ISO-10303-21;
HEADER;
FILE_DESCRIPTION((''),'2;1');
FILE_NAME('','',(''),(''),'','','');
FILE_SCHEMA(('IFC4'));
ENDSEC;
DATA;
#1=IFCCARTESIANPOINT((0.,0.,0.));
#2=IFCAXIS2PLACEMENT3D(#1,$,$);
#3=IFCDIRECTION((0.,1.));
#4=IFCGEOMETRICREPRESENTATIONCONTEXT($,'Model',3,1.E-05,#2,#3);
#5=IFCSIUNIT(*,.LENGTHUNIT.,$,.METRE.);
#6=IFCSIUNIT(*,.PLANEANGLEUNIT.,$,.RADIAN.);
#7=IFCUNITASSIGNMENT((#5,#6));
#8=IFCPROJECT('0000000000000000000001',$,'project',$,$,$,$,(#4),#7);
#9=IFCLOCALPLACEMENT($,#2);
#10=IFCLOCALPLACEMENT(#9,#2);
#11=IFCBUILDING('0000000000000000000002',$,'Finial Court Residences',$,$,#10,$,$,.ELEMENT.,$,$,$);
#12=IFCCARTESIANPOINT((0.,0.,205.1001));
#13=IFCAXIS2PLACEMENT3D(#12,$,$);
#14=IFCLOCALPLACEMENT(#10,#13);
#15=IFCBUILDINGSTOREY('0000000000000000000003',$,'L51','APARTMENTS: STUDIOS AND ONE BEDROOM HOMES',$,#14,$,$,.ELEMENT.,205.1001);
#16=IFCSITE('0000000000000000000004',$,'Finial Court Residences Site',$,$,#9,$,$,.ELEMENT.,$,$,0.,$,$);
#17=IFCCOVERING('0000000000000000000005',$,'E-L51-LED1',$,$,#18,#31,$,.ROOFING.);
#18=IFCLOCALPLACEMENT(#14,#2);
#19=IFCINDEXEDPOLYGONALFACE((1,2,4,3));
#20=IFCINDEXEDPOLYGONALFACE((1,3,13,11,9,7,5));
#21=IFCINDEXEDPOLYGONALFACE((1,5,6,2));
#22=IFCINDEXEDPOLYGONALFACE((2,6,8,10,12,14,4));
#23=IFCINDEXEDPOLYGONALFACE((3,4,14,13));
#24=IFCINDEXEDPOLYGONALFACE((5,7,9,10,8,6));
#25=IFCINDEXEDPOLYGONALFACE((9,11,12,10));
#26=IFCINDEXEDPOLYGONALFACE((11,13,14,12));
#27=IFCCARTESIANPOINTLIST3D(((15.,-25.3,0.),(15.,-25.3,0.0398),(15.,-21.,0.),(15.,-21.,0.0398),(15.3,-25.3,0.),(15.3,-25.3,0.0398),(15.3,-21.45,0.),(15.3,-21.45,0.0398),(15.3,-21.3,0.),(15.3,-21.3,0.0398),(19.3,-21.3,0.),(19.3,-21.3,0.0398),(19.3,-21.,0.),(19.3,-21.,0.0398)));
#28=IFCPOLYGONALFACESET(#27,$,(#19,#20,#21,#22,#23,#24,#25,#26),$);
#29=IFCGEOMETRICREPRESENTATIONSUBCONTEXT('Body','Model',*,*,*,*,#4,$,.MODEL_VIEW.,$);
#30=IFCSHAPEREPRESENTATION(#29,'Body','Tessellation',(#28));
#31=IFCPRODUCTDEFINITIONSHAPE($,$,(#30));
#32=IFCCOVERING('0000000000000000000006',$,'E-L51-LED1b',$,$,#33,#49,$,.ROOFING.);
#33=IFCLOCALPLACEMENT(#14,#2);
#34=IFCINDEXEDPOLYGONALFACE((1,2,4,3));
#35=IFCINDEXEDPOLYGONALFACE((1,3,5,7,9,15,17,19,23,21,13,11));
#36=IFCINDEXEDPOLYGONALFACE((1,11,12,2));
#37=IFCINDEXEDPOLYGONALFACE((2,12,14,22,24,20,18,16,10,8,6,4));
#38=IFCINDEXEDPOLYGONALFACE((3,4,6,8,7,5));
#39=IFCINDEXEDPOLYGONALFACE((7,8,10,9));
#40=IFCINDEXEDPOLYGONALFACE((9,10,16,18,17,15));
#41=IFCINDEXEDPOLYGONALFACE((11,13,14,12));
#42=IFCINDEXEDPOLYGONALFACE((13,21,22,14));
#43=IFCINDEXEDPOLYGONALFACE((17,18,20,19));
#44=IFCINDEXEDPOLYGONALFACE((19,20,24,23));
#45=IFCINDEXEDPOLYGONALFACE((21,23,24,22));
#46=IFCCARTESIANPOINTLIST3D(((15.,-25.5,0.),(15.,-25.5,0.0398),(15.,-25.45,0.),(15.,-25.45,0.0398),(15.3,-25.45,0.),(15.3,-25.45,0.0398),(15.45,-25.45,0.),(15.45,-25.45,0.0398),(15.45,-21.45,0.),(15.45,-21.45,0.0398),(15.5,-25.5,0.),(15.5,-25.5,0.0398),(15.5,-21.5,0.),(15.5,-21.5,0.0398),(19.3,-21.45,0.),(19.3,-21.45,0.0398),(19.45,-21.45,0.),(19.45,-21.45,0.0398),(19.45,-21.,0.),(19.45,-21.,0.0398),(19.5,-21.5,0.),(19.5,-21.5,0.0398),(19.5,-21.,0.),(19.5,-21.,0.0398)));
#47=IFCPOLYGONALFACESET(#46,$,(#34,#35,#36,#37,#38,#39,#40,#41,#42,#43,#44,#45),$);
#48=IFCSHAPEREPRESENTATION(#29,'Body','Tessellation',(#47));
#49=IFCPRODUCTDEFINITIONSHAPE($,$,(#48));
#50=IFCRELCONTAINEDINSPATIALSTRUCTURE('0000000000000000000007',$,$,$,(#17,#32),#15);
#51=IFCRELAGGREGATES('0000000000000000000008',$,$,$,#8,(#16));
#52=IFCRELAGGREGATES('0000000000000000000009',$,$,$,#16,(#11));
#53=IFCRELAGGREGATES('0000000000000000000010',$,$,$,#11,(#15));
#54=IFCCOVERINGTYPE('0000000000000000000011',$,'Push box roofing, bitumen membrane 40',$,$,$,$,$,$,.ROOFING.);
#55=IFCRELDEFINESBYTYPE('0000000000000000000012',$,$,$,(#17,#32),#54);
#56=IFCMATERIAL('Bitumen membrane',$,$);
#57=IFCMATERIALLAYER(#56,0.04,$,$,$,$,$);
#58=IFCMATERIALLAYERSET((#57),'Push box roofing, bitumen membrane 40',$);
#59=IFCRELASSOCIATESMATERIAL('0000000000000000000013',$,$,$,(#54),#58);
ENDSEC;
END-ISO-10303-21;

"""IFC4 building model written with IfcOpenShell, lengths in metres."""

from ifc_helpers import new_model, si_unit, direction, frame, origin, place, context, subcontext, project, spatial, polyline, outline, extrude, material, layer, layer_set, type_object, element, save


model = new_model("IFC4")

# Units and contexts
model_context = context("Model", 3, precision=1e-05, world=origin(), true_north=direction((0.0, 1.0)))
body_context = subcontext(model_context, "Body", "Model", "MODEL_VIEW")
ifc_project = project(units=[si_unit("LENGTHUNIT", "METRE"), si_unit("PLANEANGLEUNIT", "RADIAN")], contexts=[model_context])

# Site, building, storey
site_placement = place(None, origin())
site = spatial("IfcSite", under=ifc_project, at=site_placement, Name="Finial Court Residences Site", CompositionType="ELEMENT", RefElevation=0.0)
building_placement = place(site_placement, origin())
building = spatial("IfcBuilding", under=site, at=building_placement, Name="Finial Court Residences", CompositionType="ELEMENT")
storey_placement = place(building_placement, frame((0.0, 0.0, 205.1001)))
storey = spatial("IfcBuildingStorey", under=building, at=storey_placement, Name="L51", Description="APARTMENTS: STUDIOS AND ONE BEDROOM HOMES", CompositionType="ELEMENT", Elevation=205.1001)

# Coverings
ifc_material_1 = material(Name="Bitumen membrane")
ifc_layer_1 = layer(ifc_material_1, 0.04)
ifc_layer_set_1 = layer_set([ifc_layer_1], Name="Push box roofing, bitumen membrane 40")
covering_type_1 = type_object("IfcCoveringType", Name="Push box roofing, bitumen membrane 40", PredefinedType="ROOFING", material=ifc_layer_set_1)
covering_1_placement = place(storey_placement, origin())
element("IfcCovering", 1, at=covering_1_placement, inside=storey, type_object=covering_type_1, Name="E-L51-LED1", PredefinedType="ROOFING", context=body_context, shape_type="SweptSolid", body=[
    extrude(outline(polyline([(19.3, -21.0), (19.3, -21.3), (15.3, -21.3), (15.3, -21.45), (15.3, -25.3), (15.0, -25.3), (15.0, -21.0), (19.3, -21.0)])), origin(), (0.0, 0.0, 1.0), 0.0398),
])
covering_2_placement = place(storey_placement, origin())
element("IfcCovering", 2, at=covering_2_placement, inside=storey, type_object=covering_type_1, Name="E-L51-LED1b", PredefinedType="ROOFING", context=body_context, shape_type="SweptSolid", body=[
    extrude(outline(polyline([(19.5, -21.0), (19.5, -21.5), (15.5, -21.5), (15.5, -25.5), (15.0, -25.5), (15.0, -25.45), (15.3, -25.45), (15.45, -25.45), (15.45, -21.45), (19.3, -21.45), (19.45, -21.45), (19.45, -21.0), (19.5, -21.0)])), origin(), (0.0, 0.0, 1.0), 0.0398),
])

save(model, "model.ifc")
